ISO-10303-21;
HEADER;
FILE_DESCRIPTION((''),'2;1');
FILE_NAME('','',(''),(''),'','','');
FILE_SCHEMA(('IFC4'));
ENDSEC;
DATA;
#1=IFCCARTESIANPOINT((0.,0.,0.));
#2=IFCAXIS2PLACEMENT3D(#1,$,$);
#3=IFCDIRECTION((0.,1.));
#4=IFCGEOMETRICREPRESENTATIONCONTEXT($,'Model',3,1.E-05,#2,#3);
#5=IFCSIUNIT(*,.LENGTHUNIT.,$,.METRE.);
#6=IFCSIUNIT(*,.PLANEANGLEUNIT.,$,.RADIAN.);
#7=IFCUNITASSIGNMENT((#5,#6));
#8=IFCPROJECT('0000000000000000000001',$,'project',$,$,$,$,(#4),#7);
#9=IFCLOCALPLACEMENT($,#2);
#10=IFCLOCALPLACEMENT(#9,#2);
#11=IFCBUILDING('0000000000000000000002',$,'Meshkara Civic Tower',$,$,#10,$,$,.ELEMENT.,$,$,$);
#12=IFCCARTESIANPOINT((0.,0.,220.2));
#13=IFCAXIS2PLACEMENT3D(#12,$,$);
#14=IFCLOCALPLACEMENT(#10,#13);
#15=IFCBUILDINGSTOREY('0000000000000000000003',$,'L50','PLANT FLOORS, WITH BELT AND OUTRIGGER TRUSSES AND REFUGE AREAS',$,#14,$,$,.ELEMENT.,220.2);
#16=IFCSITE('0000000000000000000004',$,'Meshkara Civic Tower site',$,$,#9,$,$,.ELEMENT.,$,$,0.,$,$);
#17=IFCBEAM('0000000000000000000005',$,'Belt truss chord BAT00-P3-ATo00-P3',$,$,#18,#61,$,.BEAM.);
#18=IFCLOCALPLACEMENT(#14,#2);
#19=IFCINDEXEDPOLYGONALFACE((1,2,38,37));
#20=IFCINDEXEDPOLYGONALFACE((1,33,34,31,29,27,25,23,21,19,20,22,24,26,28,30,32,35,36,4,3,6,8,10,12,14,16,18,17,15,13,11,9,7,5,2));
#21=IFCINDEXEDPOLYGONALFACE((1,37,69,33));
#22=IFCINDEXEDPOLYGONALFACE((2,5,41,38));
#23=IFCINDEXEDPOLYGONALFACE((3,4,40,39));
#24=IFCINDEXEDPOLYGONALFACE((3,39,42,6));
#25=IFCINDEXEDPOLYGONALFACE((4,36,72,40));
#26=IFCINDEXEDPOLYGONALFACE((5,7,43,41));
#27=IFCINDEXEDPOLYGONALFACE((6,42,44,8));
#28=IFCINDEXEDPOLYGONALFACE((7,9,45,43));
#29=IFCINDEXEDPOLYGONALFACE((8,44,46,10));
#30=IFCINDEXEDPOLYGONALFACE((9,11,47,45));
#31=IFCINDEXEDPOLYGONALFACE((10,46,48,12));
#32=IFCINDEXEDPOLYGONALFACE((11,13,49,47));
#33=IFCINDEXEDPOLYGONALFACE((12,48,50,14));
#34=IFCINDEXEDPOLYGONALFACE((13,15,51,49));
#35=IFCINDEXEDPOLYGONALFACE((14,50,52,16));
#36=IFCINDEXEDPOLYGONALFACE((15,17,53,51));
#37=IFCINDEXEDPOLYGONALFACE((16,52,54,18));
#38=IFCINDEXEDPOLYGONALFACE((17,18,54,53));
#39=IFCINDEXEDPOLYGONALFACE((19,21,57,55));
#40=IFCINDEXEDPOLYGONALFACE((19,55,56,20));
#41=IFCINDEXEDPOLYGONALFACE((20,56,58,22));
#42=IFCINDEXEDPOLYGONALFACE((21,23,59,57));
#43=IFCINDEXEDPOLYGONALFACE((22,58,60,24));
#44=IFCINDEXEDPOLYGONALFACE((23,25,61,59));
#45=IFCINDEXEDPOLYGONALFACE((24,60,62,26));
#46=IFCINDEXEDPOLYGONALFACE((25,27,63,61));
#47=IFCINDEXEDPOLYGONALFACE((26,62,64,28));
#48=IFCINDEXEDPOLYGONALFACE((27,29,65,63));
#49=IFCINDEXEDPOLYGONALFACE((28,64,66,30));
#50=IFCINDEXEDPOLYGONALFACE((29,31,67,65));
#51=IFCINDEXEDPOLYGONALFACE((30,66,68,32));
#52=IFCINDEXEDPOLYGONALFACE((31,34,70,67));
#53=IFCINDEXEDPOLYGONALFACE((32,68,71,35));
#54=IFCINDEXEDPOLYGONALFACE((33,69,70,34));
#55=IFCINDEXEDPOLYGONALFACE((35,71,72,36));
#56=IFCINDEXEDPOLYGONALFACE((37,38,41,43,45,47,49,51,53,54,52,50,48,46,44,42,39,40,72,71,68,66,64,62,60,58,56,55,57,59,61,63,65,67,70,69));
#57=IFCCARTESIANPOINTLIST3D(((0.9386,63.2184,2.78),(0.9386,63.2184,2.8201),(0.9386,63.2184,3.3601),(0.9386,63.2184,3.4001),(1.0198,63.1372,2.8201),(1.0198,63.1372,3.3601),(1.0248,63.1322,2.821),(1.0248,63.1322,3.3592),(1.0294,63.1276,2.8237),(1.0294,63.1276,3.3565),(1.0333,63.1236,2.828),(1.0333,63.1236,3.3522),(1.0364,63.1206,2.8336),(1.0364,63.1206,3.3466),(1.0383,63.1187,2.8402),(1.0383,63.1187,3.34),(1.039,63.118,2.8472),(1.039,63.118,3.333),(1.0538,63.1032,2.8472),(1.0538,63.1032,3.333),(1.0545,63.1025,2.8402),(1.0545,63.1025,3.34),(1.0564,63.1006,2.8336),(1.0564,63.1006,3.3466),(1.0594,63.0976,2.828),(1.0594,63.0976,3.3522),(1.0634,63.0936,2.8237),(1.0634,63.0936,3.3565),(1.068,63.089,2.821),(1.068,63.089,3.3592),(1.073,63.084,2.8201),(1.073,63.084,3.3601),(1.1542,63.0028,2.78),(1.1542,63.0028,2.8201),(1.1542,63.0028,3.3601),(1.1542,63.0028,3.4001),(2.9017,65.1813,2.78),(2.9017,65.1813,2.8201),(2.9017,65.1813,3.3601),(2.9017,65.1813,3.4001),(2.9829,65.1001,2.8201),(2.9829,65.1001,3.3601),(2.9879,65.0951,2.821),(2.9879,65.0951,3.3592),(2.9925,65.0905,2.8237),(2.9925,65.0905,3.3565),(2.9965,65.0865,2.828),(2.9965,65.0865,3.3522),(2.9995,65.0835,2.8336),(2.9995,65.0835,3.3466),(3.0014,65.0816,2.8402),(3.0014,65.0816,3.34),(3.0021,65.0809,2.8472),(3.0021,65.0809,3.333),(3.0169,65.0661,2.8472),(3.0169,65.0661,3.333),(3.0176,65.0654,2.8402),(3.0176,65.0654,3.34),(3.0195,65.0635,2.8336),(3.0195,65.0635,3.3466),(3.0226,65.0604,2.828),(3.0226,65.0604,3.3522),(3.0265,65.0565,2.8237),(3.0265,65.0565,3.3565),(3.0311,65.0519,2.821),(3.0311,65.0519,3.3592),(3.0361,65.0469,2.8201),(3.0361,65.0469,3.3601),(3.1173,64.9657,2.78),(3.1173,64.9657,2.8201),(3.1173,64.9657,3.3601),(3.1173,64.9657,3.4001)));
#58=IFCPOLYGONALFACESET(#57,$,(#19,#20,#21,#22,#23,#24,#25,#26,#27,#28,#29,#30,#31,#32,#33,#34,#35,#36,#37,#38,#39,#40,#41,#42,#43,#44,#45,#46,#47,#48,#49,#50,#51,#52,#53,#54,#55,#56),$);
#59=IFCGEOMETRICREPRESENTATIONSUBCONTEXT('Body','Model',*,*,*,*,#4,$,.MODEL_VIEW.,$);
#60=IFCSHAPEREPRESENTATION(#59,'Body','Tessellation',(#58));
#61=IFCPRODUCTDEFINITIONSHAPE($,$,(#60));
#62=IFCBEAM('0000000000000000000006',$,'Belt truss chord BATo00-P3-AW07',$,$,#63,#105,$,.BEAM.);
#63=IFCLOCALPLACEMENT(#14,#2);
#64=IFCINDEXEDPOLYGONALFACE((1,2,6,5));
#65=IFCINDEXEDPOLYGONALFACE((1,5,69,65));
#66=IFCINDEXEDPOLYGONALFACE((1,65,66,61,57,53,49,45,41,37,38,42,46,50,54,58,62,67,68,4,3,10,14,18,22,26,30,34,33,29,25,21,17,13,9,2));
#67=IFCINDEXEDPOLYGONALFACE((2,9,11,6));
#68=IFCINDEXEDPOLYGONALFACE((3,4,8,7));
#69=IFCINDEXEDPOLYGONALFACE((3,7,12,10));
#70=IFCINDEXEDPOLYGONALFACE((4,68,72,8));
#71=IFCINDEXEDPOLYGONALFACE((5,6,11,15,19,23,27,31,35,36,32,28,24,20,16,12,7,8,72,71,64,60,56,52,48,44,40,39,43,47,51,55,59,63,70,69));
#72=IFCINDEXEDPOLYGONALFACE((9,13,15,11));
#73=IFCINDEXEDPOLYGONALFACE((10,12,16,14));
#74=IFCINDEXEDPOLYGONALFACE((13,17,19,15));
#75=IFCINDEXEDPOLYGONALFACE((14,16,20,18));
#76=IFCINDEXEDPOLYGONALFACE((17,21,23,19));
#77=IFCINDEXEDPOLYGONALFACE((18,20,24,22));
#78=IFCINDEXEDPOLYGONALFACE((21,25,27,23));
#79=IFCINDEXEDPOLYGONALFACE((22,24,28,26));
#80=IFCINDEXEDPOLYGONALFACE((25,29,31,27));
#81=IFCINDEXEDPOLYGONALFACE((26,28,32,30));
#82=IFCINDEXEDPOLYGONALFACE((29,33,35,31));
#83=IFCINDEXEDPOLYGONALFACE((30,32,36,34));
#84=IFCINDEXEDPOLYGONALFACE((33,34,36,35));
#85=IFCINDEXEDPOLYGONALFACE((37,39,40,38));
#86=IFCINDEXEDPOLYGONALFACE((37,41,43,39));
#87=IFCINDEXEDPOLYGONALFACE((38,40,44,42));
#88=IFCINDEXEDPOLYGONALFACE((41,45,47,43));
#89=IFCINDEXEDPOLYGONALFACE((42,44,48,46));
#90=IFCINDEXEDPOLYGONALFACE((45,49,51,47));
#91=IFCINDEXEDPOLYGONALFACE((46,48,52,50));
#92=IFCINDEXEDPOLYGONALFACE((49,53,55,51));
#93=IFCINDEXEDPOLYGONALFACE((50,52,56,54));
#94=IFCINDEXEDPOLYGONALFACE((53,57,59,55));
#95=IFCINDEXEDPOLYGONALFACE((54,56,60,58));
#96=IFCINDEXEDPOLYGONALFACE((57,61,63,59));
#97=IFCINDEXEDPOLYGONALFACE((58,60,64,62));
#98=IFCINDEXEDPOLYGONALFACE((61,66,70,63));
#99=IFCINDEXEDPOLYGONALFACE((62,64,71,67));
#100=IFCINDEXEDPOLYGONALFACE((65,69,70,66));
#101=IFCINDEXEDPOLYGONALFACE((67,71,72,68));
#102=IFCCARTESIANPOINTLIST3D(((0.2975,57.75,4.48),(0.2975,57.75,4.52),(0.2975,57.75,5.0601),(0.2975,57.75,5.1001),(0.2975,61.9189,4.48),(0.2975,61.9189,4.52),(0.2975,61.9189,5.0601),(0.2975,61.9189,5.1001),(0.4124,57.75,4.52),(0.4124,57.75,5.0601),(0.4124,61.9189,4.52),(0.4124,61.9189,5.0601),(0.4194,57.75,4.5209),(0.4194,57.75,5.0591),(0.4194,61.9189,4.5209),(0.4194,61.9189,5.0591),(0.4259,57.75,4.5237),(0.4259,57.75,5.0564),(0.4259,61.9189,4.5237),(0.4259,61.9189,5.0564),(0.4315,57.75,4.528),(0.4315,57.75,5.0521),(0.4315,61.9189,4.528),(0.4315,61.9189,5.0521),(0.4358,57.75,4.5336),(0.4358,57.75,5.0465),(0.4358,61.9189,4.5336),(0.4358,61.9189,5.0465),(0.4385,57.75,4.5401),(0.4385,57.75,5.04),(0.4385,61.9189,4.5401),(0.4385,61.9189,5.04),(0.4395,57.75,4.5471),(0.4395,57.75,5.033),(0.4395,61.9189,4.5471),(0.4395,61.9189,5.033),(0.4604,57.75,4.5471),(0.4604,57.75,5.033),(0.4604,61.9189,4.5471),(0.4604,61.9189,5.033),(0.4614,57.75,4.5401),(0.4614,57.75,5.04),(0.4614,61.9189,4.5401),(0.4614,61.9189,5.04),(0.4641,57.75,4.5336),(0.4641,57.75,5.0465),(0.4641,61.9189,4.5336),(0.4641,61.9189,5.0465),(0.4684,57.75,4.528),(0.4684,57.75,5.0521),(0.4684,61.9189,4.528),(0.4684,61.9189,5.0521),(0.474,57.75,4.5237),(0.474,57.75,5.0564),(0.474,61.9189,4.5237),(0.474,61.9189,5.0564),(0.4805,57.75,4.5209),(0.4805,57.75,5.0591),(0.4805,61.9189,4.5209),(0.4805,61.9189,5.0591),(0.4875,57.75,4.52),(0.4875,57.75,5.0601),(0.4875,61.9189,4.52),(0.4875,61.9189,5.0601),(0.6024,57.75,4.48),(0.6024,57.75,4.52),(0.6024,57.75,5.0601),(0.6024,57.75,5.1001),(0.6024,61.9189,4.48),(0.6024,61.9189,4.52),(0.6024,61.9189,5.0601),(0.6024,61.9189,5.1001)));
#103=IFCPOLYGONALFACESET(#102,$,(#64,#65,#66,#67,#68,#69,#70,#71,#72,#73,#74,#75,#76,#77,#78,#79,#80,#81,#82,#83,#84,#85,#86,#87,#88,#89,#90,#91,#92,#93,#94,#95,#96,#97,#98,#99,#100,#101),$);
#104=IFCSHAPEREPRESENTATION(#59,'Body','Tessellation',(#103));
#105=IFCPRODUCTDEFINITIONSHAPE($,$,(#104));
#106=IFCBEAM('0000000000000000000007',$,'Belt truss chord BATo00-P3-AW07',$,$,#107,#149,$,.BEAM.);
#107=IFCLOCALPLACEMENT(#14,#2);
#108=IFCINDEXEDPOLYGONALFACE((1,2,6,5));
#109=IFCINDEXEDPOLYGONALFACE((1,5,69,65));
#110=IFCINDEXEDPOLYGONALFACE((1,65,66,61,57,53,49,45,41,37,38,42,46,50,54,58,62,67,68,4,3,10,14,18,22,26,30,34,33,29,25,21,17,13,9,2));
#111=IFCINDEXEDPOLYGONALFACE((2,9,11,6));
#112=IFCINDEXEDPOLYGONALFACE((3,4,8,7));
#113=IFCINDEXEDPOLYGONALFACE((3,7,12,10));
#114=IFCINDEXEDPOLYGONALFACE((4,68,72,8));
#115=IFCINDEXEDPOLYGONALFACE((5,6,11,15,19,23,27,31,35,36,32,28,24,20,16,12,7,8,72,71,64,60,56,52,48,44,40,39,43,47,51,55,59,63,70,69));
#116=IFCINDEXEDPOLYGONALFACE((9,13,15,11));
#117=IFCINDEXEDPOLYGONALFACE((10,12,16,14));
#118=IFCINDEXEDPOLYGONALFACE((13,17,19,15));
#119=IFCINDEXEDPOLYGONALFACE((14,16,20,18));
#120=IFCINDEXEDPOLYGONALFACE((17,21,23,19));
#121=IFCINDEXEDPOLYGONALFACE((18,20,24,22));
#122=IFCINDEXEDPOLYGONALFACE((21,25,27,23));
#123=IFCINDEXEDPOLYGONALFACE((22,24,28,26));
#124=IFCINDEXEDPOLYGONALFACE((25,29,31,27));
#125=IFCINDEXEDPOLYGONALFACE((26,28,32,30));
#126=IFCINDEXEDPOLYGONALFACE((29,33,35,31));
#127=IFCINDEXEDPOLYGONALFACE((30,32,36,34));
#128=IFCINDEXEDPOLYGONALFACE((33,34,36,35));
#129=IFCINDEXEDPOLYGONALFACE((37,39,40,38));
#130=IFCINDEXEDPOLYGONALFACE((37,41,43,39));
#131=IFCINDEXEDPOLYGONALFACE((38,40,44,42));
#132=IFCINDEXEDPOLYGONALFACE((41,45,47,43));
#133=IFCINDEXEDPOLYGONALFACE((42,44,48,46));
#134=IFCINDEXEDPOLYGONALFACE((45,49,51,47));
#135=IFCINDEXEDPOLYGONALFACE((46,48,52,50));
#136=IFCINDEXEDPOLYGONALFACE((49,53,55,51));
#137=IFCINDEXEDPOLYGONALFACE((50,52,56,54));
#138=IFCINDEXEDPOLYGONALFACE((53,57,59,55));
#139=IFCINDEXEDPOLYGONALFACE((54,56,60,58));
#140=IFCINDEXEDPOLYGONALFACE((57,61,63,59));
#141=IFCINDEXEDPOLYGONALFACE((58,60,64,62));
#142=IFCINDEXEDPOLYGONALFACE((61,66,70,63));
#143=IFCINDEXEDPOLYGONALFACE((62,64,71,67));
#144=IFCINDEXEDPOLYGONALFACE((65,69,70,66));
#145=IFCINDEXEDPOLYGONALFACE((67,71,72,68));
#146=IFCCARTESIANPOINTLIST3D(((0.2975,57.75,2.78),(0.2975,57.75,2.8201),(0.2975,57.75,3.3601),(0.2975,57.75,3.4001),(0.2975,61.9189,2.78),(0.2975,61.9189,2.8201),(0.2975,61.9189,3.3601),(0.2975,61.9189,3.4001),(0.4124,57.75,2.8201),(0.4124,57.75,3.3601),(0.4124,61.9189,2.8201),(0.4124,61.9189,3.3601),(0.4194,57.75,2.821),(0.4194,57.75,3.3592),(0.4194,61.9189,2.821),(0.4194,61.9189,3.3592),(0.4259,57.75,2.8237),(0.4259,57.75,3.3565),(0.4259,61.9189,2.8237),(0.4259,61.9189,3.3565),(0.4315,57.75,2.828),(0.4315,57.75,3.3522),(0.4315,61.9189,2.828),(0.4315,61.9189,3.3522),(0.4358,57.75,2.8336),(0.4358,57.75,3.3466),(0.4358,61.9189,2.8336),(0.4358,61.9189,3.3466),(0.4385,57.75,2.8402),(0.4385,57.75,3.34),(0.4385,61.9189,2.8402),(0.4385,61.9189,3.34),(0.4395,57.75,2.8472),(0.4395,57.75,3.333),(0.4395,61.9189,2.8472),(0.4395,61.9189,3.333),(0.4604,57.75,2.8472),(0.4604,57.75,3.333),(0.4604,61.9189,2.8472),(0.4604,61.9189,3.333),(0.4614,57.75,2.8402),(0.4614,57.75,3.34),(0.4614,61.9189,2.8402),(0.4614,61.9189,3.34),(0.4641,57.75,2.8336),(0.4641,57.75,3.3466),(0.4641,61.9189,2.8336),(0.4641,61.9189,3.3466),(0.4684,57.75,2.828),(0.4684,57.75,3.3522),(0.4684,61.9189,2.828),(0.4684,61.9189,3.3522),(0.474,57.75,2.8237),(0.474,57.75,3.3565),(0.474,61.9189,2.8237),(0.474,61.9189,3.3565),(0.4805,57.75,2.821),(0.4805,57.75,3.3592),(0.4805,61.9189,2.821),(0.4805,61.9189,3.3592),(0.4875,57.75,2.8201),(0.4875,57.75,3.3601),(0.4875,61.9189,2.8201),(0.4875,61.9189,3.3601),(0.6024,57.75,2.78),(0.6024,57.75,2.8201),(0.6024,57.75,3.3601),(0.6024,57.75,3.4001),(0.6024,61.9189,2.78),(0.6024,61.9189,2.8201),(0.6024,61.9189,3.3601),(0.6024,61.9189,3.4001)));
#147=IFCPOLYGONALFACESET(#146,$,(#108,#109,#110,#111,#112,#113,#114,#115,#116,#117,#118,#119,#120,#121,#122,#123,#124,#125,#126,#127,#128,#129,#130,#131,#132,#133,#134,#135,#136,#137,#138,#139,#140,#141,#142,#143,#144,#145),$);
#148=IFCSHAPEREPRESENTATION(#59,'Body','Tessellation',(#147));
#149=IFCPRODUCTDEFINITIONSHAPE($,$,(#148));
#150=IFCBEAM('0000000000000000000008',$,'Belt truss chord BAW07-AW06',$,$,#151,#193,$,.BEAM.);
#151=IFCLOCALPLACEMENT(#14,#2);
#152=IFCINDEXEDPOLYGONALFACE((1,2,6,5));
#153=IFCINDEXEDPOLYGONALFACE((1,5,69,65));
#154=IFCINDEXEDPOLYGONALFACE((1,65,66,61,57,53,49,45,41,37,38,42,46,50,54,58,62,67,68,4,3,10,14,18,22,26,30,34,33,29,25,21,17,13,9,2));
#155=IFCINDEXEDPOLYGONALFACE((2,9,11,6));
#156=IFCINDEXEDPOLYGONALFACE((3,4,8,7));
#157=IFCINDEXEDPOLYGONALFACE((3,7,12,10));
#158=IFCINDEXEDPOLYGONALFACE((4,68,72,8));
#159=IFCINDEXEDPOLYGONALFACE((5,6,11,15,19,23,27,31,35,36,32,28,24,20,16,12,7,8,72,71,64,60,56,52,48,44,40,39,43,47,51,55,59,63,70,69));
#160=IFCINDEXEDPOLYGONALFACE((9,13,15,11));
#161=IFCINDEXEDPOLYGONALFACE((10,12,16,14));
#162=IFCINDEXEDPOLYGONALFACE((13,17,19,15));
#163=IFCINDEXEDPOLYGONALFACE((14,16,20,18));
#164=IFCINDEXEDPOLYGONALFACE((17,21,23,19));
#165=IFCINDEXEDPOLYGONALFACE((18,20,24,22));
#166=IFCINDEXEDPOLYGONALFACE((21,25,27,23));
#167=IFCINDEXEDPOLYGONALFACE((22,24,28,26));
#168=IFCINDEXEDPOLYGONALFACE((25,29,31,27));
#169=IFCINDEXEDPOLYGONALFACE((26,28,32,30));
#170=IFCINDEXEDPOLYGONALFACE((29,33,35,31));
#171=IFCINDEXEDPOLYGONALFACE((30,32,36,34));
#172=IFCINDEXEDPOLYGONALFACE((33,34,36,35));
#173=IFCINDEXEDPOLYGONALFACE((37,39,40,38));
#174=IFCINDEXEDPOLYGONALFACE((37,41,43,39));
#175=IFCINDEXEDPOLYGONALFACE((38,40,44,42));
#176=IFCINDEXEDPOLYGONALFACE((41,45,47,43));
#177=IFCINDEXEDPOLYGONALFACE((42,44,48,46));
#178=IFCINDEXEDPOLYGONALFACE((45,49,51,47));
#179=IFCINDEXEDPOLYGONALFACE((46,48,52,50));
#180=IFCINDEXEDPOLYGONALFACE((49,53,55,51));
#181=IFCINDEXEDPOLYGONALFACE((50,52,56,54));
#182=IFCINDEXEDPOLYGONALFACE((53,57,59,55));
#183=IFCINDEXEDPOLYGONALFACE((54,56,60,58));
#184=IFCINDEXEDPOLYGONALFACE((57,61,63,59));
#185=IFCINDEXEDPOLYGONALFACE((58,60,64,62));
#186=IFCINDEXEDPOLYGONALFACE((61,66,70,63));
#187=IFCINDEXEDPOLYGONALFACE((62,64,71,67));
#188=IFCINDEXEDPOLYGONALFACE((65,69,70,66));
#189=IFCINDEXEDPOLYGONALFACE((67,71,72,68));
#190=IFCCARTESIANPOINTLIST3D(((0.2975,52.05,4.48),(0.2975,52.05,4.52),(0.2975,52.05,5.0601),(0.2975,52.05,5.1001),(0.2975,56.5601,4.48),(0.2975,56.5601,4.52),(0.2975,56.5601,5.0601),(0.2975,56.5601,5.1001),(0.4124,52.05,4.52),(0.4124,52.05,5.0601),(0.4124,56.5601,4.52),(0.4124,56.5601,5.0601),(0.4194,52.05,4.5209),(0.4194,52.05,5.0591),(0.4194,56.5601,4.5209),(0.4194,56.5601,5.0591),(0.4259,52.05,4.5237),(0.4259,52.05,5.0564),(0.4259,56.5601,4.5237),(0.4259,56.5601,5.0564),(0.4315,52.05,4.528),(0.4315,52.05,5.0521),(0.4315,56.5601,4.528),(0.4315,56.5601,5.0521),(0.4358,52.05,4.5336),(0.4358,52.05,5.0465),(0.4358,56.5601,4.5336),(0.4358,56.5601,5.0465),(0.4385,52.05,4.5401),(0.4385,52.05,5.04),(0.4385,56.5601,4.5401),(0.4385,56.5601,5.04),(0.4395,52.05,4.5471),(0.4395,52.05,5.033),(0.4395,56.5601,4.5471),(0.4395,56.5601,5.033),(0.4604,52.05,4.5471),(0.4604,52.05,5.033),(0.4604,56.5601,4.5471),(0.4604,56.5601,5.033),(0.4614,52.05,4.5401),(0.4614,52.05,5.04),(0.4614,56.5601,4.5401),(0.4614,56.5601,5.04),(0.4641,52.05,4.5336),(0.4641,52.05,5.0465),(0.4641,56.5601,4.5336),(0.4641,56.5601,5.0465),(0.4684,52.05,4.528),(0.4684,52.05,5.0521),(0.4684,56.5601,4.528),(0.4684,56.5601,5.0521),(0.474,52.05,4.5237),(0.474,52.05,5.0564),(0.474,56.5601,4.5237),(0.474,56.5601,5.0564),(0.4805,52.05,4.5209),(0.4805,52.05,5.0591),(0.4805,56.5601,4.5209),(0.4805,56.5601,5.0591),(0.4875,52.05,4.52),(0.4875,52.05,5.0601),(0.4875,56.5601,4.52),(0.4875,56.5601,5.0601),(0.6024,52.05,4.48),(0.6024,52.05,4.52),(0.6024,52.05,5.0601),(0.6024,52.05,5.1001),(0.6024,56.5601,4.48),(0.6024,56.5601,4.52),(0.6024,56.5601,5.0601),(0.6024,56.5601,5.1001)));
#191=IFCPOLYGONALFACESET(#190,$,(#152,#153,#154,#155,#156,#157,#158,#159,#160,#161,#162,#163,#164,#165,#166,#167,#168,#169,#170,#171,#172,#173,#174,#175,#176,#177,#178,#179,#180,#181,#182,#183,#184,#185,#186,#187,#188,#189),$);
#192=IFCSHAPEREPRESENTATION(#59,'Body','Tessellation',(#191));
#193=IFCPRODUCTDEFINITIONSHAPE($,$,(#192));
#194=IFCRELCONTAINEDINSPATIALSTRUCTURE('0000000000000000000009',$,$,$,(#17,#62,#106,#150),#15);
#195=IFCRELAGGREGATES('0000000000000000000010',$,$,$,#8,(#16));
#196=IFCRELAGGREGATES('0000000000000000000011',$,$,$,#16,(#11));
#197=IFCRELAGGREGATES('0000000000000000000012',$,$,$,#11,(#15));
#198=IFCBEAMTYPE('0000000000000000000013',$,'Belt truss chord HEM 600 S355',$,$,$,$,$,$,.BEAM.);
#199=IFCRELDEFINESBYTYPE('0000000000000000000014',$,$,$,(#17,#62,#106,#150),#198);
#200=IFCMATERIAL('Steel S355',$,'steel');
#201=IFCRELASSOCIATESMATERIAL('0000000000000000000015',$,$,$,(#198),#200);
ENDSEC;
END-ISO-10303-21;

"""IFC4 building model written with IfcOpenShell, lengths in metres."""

from ifc_helpers import new_model, si_unit, direction, frame, origin, origin_2d, place, context, subcontext, project, spatial, i_section, extrude, material, material_profile, profile_set, type_object, element, save


model = new_model("IFC4")

# Units and contexts
model_context = context("Model", 3, precision=1e-05, world=origin(), true_north=direction((0.0, 1.0)))
body_context = subcontext(model_context, "Body", "Model", "MODEL_VIEW")
ifc_project = project(units=[si_unit("LENGTHUNIT", "METRE"), si_unit("PLANEANGLEUNIT", "RADIAN")], contexts=[model_context])

# Site, building, storey
site_placement = place(None, origin())
site = spatial("IfcSite", under=ifc_project, at=site_placement, Name="Meshkara Civic Tower site", CompositionType="ELEMENT", RefElevation=0.0)
building_placement = place(site_placement, origin())
building = spatial("IfcBuilding", under=site, at=building_placement, Name="Meshkara Civic Tower", CompositionType="ELEMENT")
storey_placement = place(building_placement, frame((0.0, 0.0, 220.2)))
storey = spatial("IfcBuildingStorey", under=building, at=storey_placement, Name="L50", Description="PLANT FLOORS, WITH BELT AND OUTRIGGER TRUSSES AND REFUGE AREAS", CompositionType="ELEMENT", Elevation=220.2)

# Beams
ifc_material_1 = material(Name="Steel S355", Category="steel")
ifc_material_profile_1 = material_profile(ifc_material_1, i_section(OverallWidth=0.3049, OverallDepth=0.6201, WebThickness=0.021, FlangeThickness=0.04, FilletRadius=0.0271, at=origin_2d()))
ifc_profile_set_1 = profile_set([ifc_material_profile_1], Name="Steel S355")
beam_type = type_object("IfcBeamType", Name="Belt truss chord HEM 600 S355", PredefinedType="BEAM", material=ifc_profile_set_1)
for number, where, z_axis, x_axis, name in (
    (1, (3.0095, 65.0735, 3.0901), (-0.707151, -0.707063, 0.0), (0.707063, -0.707151, 0.0), "Belt truss chord BAT00-P3-ATo00-P3"),
):
    element("IfcBeam", number, at=place(storey_placement, frame(where, z_axis=z_axis, x_axis=x_axis)), inside=storey, type_object=beam_type, Name=name, PredefinedType="BEAM", context=body_context, shape_type="SweptSolid", body=[
        extrude(i_section(OverallWidth=0.3049, OverallDepth=0.6201, WebThickness=0.021, FlangeThickness=0.04, FilletRadius=0.0271, at=origin_2d()), origin(), (0.0, 0.0, 1.0), 2.7761),
    ])
for number, where, z_axis, x_axis, name in (
    (2, (0.45, 61.9189, 4.79), (0.0, -1.0, 0.0), (1.0, 0.0, 0.0), "Belt truss chord BATo00-P3-AW07"),
    (3, (0.45, 61.9189, 3.0901), (0.0, -1.0, 0.0), (1.0, 0.0, 0.0), "Belt truss chord BATo00-P3-AW07"),
):
    element("IfcBeam", number, at=place(storey_placement, frame(where, z_axis=z_axis, x_axis=x_axis)), inside=storey, type_object=beam_type, Name=name, PredefinedType="BEAM", context=body_context, shape_type="SweptSolid", body=[
        extrude(i_section(OverallWidth=0.3049, OverallDepth=0.6201, WebThickness=0.021, FlangeThickness=0.04, FilletRadius=0.0271, at=origin_2d()), origin(), (0.0, 0.0, 1.0), 4.1689),
    ])
for number, where, z_axis, x_axis, name in (
    (4, (0.45, 56.5601, 4.79), (0.0, -1.0, 0.0), (1.0, 0.0, 0.0), "Belt truss chord BAW07-AW06"),
):
    element("IfcBeam", number, at=place(storey_placement, frame(where, z_axis=z_axis, x_axis=x_axis)), inside=storey, type_object=beam_type, Name=name, PredefinedType="BEAM", context=body_context, shape_type="SweptSolid", body=[
        extrude(i_section(OverallWidth=0.3049, OverallDepth=0.6201, WebThickness=0.021, FlangeThickness=0.04, FilletRadius=0.0271, at=origin_2d()), origin(), (0.0, 0.0, 1.0), 4.51),
    ])

save(model, "model.ifc")
